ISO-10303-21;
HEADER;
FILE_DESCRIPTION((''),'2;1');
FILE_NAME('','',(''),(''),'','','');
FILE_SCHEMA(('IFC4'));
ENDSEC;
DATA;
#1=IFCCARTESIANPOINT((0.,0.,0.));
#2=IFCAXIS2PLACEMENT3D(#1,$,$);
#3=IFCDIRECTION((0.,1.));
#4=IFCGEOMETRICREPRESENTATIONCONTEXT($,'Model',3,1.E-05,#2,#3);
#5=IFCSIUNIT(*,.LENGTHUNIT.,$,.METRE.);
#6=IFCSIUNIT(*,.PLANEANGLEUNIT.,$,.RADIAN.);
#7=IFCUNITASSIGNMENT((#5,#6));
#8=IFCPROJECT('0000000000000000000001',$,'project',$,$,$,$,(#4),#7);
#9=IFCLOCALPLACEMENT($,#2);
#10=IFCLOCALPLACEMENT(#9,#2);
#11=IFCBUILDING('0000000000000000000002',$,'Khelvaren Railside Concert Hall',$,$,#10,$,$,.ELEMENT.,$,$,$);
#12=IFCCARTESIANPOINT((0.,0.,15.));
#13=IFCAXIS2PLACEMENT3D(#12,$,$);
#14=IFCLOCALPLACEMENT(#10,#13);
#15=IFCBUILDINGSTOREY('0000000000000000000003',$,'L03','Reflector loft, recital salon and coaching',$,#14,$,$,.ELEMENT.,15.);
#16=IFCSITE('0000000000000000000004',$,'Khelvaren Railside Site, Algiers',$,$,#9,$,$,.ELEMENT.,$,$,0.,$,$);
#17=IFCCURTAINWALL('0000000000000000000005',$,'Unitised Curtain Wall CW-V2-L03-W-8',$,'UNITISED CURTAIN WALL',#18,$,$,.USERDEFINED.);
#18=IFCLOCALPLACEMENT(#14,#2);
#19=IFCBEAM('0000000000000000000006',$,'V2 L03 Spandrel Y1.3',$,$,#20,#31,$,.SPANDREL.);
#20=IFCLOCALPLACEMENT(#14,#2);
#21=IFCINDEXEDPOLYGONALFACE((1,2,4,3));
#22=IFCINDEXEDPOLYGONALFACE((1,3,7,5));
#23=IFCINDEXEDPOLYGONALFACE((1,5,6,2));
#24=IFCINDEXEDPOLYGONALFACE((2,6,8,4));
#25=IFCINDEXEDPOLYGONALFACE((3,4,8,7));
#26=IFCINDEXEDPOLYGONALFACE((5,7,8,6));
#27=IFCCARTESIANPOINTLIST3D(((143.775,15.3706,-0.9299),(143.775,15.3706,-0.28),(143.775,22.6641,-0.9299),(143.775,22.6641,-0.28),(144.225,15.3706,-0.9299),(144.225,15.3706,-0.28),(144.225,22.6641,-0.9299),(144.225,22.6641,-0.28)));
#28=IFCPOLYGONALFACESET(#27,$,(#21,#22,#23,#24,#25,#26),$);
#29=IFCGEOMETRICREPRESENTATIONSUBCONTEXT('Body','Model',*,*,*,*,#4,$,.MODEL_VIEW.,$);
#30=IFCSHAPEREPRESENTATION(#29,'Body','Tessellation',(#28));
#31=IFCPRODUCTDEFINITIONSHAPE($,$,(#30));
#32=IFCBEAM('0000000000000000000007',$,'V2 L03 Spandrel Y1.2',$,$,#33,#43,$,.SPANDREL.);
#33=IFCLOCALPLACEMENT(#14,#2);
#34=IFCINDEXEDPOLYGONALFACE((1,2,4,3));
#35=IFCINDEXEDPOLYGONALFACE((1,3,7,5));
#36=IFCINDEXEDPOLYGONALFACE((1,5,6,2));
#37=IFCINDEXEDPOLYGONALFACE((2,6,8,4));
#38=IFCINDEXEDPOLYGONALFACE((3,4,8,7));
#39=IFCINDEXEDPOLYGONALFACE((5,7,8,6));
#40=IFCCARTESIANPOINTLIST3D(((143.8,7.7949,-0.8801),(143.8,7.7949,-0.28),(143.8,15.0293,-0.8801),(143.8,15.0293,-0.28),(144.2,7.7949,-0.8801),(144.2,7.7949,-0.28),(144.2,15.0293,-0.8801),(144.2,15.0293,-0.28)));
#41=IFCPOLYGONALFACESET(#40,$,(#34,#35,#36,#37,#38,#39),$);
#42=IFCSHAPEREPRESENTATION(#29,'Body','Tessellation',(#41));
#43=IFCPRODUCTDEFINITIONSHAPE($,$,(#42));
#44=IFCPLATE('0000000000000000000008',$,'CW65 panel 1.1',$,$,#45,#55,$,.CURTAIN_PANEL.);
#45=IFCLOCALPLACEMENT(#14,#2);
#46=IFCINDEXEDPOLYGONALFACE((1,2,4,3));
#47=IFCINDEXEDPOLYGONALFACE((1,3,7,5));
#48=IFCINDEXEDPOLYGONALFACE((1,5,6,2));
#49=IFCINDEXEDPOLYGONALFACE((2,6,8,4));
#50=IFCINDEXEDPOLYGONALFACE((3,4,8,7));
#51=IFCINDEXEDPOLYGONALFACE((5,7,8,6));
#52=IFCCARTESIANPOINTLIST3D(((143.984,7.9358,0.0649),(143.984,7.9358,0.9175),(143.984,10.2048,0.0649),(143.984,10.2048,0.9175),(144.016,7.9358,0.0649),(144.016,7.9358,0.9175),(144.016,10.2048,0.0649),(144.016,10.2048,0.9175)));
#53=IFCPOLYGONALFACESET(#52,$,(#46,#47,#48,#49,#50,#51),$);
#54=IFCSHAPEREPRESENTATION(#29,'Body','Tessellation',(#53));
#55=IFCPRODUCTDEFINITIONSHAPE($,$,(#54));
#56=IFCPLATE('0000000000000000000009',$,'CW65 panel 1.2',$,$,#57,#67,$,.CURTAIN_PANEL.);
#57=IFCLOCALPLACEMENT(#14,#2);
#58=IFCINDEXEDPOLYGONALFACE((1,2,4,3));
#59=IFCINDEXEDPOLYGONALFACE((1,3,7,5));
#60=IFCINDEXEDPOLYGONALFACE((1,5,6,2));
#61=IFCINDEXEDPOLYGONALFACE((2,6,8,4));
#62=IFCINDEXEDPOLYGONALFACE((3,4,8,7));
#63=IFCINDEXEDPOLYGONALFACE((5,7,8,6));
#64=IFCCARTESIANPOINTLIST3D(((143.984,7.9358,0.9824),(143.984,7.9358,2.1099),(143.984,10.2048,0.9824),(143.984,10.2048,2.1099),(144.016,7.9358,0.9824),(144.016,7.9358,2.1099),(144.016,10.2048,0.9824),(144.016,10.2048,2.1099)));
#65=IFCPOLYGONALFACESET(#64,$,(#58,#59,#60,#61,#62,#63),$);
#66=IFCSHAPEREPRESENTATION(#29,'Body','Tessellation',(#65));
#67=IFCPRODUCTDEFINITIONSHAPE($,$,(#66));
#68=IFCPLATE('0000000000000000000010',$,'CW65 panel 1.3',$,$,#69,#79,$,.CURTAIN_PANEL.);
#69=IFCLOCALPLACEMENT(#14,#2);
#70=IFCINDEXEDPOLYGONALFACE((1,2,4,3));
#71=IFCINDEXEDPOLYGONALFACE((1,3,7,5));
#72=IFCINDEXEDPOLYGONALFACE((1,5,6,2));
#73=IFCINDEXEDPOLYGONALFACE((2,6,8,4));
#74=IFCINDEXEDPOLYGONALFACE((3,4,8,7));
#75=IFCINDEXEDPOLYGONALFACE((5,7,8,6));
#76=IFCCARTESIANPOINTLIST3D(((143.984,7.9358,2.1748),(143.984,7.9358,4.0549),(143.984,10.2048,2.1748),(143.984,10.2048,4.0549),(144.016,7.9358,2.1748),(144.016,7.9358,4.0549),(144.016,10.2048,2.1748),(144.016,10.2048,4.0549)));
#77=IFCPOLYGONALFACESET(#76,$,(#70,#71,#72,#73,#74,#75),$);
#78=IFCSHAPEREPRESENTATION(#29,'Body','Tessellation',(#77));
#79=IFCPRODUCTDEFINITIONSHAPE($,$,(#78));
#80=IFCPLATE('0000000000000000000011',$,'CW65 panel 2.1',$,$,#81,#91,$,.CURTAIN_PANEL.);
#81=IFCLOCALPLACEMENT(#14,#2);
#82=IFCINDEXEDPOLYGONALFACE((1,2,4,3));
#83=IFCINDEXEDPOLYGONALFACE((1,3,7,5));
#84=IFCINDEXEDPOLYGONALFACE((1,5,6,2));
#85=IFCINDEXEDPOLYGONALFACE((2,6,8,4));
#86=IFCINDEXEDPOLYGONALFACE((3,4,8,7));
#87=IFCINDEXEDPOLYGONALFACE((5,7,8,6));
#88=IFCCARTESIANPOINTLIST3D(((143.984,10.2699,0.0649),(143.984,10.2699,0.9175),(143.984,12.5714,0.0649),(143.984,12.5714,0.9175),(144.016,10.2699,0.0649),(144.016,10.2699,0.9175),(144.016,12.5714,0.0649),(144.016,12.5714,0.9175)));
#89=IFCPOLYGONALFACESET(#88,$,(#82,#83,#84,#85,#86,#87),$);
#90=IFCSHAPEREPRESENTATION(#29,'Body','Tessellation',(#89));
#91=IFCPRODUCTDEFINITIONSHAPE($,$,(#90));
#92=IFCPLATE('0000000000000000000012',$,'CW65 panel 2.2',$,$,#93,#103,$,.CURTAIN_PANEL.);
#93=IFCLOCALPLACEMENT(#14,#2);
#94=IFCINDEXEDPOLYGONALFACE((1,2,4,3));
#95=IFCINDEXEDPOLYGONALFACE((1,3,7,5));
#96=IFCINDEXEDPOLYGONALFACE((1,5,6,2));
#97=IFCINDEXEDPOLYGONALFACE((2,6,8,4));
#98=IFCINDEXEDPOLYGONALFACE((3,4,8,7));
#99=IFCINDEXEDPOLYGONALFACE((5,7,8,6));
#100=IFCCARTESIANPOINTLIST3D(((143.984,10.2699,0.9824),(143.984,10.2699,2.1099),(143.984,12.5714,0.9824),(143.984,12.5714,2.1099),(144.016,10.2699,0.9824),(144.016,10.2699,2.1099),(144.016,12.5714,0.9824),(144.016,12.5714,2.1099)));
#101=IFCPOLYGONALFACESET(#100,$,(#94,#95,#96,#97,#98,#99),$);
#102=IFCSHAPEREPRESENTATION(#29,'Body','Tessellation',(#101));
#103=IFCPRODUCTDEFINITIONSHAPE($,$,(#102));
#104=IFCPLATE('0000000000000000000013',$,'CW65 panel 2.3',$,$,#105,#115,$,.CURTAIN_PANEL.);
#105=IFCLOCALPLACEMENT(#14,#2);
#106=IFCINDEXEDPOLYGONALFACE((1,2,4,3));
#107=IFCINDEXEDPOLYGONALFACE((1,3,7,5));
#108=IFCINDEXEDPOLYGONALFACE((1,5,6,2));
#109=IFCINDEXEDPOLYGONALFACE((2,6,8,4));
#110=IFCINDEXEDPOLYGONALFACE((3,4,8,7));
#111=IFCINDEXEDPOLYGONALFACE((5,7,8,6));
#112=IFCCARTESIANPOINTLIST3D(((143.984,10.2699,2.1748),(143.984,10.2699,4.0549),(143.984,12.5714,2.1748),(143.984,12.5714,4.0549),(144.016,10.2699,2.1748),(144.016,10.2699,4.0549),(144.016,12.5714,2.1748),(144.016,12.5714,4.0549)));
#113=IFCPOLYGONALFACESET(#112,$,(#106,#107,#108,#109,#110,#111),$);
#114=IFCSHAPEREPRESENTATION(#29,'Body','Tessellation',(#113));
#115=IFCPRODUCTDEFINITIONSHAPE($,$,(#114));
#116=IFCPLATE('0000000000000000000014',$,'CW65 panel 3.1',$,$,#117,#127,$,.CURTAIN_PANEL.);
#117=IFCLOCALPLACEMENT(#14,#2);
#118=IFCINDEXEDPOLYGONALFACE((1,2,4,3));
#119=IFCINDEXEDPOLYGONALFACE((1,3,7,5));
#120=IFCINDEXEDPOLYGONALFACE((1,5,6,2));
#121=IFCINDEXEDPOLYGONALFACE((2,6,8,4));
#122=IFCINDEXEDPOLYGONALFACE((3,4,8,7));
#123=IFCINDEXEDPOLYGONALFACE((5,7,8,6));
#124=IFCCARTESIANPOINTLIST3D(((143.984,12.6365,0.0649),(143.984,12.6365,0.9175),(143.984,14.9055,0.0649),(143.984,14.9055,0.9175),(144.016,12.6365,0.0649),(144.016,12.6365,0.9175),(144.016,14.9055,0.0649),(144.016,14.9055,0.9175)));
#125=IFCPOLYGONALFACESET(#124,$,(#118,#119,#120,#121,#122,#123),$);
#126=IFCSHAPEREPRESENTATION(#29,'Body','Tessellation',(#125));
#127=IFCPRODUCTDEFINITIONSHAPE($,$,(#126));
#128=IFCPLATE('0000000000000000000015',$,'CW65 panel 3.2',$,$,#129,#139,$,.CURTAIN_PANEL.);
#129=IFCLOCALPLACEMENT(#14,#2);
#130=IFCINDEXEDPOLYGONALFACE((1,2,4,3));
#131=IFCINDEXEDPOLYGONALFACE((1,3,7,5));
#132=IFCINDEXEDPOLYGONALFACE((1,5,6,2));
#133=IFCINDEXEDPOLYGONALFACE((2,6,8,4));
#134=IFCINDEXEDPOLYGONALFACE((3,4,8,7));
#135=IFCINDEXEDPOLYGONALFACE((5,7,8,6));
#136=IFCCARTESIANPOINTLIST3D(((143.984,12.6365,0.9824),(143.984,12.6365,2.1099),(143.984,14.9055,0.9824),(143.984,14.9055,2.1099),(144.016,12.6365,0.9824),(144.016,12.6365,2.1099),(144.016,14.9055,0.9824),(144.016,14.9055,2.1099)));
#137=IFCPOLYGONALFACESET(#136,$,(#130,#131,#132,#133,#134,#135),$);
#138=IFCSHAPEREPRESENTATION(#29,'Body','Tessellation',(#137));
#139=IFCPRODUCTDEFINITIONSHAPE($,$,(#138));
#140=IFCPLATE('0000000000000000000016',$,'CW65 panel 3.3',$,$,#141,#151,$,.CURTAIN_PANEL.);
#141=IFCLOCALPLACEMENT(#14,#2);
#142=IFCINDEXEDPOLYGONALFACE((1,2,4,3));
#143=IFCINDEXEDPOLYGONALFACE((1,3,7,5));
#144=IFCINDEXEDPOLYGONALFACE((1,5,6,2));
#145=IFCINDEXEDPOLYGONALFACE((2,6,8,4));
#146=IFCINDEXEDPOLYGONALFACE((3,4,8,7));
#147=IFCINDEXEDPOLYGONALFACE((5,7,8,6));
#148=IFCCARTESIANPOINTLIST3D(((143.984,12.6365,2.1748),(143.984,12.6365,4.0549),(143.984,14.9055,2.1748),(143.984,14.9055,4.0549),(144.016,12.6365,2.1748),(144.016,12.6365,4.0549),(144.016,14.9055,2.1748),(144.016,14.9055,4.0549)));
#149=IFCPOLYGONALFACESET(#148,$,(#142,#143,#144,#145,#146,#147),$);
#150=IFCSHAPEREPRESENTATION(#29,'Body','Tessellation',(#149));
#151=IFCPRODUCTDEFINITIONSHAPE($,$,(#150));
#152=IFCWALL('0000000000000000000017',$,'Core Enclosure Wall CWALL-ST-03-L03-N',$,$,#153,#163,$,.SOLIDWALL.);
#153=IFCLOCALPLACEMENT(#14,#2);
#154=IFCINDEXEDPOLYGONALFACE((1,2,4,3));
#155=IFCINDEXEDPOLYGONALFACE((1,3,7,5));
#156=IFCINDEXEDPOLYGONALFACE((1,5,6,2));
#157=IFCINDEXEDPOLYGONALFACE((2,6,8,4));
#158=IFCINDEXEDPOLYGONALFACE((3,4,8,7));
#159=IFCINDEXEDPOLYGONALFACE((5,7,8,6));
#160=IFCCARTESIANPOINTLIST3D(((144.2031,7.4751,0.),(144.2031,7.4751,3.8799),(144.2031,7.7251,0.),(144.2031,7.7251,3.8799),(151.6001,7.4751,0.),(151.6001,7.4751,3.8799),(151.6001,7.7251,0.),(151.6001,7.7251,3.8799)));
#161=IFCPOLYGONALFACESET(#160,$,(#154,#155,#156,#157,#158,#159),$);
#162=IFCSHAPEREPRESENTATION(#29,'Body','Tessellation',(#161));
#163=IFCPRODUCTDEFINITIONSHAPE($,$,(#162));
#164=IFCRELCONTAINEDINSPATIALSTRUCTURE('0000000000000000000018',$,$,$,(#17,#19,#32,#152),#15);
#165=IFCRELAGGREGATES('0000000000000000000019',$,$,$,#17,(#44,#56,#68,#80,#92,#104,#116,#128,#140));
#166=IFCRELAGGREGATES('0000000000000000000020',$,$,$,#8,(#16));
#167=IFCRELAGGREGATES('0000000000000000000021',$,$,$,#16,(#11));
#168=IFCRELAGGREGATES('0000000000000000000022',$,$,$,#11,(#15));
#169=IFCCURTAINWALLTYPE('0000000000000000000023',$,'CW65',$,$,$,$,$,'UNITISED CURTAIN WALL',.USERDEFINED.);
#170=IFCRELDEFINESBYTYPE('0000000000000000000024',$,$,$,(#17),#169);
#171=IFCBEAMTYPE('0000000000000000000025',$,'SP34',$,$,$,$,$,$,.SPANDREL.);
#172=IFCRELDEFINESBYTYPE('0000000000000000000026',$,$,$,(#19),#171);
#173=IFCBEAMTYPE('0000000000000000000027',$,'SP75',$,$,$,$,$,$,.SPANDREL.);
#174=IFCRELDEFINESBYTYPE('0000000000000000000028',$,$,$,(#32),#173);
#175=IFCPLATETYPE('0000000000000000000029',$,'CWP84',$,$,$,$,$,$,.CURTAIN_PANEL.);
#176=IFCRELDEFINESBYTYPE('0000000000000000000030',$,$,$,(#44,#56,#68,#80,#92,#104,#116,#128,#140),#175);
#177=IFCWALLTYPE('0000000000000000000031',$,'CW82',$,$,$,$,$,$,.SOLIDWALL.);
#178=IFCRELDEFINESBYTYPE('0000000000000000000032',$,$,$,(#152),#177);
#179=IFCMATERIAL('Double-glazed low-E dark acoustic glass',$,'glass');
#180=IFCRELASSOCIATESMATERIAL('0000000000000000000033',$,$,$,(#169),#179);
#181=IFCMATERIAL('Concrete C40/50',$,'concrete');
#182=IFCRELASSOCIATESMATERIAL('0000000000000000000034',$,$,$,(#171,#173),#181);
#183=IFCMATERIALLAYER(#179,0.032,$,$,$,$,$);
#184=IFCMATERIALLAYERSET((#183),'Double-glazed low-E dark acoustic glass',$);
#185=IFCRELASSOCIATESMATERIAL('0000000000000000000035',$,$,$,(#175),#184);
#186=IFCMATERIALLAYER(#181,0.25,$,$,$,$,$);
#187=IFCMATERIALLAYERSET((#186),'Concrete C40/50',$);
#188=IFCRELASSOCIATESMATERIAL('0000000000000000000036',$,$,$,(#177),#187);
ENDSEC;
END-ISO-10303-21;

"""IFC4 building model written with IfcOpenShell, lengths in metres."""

from ifc_helpers import new_model, si_unit, direction, frame, frame_2d, origin, origin_2d, place, context, subcontext, project, spatial, rectangle, extrude, material, layer, layer_set, material_profile, profile_set, type_object, element, aggregate, save


model = new_model("IFC4")

# Units and contexts
model_context = context("Model", 3, precision=1e-05, world=origin(), true_north=direction((0.0, 1.0)))
body_context = subcontext(model_context, "Body", "Model", "MODEL_VIEW")
ifc_project = project(units=[si_unit("LENGTHUNIT", "METRE"), si_unit("PLANEANGLEUNIT", "RADIAN")], contexts=[model_context])

# Site, building, storey
site_placement = place(None, origin())
site = spatial("IfcSite", under=ifc_project, at=site_placement, Name="Khelvaren Railside Site, Algiers", CompositionType="ELEMENT", RefElevation=0.0)
building_placement = place(site_placement, origin())
building = spatial("IfcBuilding", under=site, at=building_placement, Name="Khelvaren Railside Concert Hall", CompositionType="ELEMENT")
storey_placement = place(building_placement, frame((0.0, 0.0, 15.0)))
storey = spatial("IfcBuildingStorey", under=building, at=storey_placement, Name="L03", Description="Reflector loft, recital salon and coaching", CompositionType="ELEMENT", Elevation=15.0)

# Shared definitions
ifc_material_1 = material(Name="Concrete C40/50", Category="concrete")

# Curtain wall
ifc_material_2 = material(Name="Double-glazed low-E dark acoustic glass", Category="glass")
curtain_wall_type_1 = type_object("IfcCurtainWallType", Name="CW65", ElementType="UNITISED CURTAIN WALL", PredefinedType="USERDEFINED", material=ifc_material_2)
curtain_wall_1_placement = place(storey_placement, origin())
curtain_wall_1 = element("IfcCurtainWall", 1, at=curtain_wall_1_placement, inside=storey, type_object=curtain_wall_type_1, Name="Unitised Curtain Wall CW-V2-L03-W-8", ObjectType="UNITISED CURTAIN WALL", PredefinedType="USERDEFINED")

# Beams
ifc_material_profile_1 = material_profile(ifc_material_1, rectangle(XDim=0.45, YDim=0.6499, at=origin_2d()), Name="RCB 450x650")
ifc_profile_set_1 = profile_set([ifc_material_profile_1], Name="Concrete C40/50")
beam_type_1 = type_object("IfcBeamType", Name="SP34", PredefinedType="SPANDREL", material=ifc_profile_set_1)
beam_1_placement = place(storey_placement, frame((144.0, 15.3706, -0.605), z_axis=(0.0, 1.0, 0.0), x_axis=(-1.0, 0.0, 0.0)))
element("IfcBeam", 2, at=beam_1_placement, inside=storey, type_object=beam_type_1, Name="V2 L03 Spandrel Y1.3", PredefinedType="SPANDREL", context=body_context, shape_type="SweptSolid", body=[
    extrude(rectangle(XDim=0.45, YDim=0.6499, at=origin_2d()), origin(), (0.0, 0.0, 1.0), 7.2935),
])
ifc_material_profile_2 = material_profile(ifc_material_1, rectangle(XDim=0.3999, YDim=0.6001, at=origin_2d()), Name="RCB 400x600")
ifc_profile_set_2 = profile_set([ifc_material_profile_2], Name="Concrete C40/50")
beam_type_2 = type_object("IfcBeamType", Name="SP75", PredefinedType="SPANDREL", material=ifc_profile_set_2)
beam_2_placement = place(storey_placement, frame((144.0, 7.7949, -0.5801), z_axis=(0.0, 1.0, 0.0), x_axis=(-1.0, 0.0, 0.0)))
element("IfcBeam", 3, at=beam_2_placement, inside=storey, type_object=beam_type_2, Name="V2 L03 Spandrel Y1.2", PredefinedType="SPANDREL", context=body_context, shape_type="SweptSolid", body=[
    extrude(rectangle(XDim=0.3999, YDim=0.6001, at=origin_2d()), origin(), (0.0, 0.0, 1.0), 7.2344),
])

# Plates
ifc_layer_1 = layer(ifc_material_2, 0.032)
ifc_layer_set_1 = layer_set([ifc_layer_1], Name="Double-glazed low-E dark acoustic glass")
plate_type = type_object("IfcPlateType", Name="CWP84", PredefinedType="CURTAIN_PANEL", material=ifc_layer_set_1)
plate_1_placement = place(storey_placement, frame((144.0, 9.0703, 0.0649), z_axis=(0.0, 0.0, 1.0), x_axis=(0.0, 1.0, 0.0)))
plate_1 = element("IfcPlate", 4, at=plate_1_placement, type_object=plate_type, Name="CW65 panel 1.1", PredefinedType="CURTAIN_PANEL", context=body_context, shape_type="SweptSolid", body=[
    extrude(rectangle(XDim=2.269, YDim=0.032, at=origin_2d()), origin(), (0.0, 0.0, 1.0), 0.8525),
])
plate_2_placement = place(storey_placement, frame((144.0, 9.0703, 0.9824), z_axis=(0.0, 0.0, 1.0), x_axis=(0.0, 1.0, 0.0)))
plate_2 = element("IfcPlate", 5, at=plate_2_placement, type_object=plate_type, Name="CW65 panel 1.2", PredefinedType="CURTAIN_PANEL", context=body_context, shape_type="SweptSolid", body=[
    extrude(rectangle(XDim=2.269, YDim=0.032, at=origin_2d()), origin(), (0.0, 0.0, 1.0), 1.1274),
])
plate_3_placement = place(storey_placement, frame((144.0, 9.0703, 2.1748), z_axis=(0.0, 0.0, 1.0), x_axis=(0.0, 1.0, 0.0)))
plate_3 = element("IfcPlate", 6, at=plate_3_placement, type_object=plate_type, Name="CW65 panel 1.3", PredefinedType="CURTAIN_PANEL", context=body_context, shape_type="SweptSolid", body=[
    extrude(rectangle(XDim=2.269, YDim=0.032, at=origin_2d()), origin(), (0.0, 0.0, 1.0), 1.8801),
])
plate_4_placement = place(storey_placement, frame((144.0, 11.4207, 0.0649), z_axis=(0.0, 0.0, 1.0), x_axis=(0.0, 1.0, 0.0)))
plate_4 = element("IfcPlate", 7, at=plate_4_placement, type_object=plate_type, Name="CW65 panel 2.1", PredefinedType="CURTAIN_PANEL", context=body_context, shape_type="SweptSolid", body=[
    extrude(rectangle(XDim=2.3015, YDim=0.032, at=origin_2d()), origin(), (0.0, 0.0, 1.0), 0.8525),
])
plate_5_placement = place(storey_placement, frame((144.0, 11.4207, 0.9824), z_axis=(0.0, 0.0, 1.0), x_axis=(0.0, 1.0, 0.0)))
plate_5 = element("IfcPlate", 8, at=plate_5_placement, type_object=plate_type, Name="CW65 panel 2.2", PredefinedType="CURTAIN_PANEL", context=body_context, shape_type="SweptSolid", body=[
    extrude(rectangle(XDim=2.3015, YDim=0.032, at=origin_2d()), origin(), (0.0, 0.0, 1.0), 1.1274),
])
plate_6_placement = place(storey_placement, frame((144.0, 11.4207, 2.1748), z_axis=(0.0, 0.0, 1.0), x_axis=(0.0, 1.0, 0.0)))
plate_6 = element("IfcPlate", 9, at=plate_6_placement, type_object=plate_type, Name="CW65 panel 2.3", PredefinedType="CURTAIN_PANEL", context=body_context, shape_type="SweptSolid", body=[
    extrude(rectangle(XDim=2.3015, YDim=0.032, at=origin_2d()), origin(), (0.0, 0.0, 1.0), 1.8801),
])
plate_7_placement = place(storey_placement, frame((144.0, 13.771, 0.0649), z_axis=(0.0, 0.0, 1.0), x_axis=(0.0, 1.0, 0.0)))
plate_7 = element("IfcPlate", 10, at=plate_7_placement, type_object=plate_type, Name="CW65 panel 3.1", PredefinedType="CURTAIN_PANEL", context=body_context, shape_type="SweptSolid", body=[
    extrude(rectangle(XDim=2.269, YDim=0.032, at=origin_2d()), origin(), (0.0, 0.0, 1.0), 0.8525),
])
plate_8_placement = place(storey_placement, frame((144.0, 13.771, 0.9824), z_axis=(0.0, 0.0, 1.0), x_axis=(0.0, 1.0, 0.0)))
plate_8 = element("IfcPlate", 11, at=plate_8_placement, type_object=plate_type, Name="CW65 panel 3.2", PredefinedType="CURTAIN_PANEL", context=body_context, shape_type="SweptSolid", body=[
    extrude(rectangle(XDim=2.269, YDim=0.032, at=origin_2d()), origin(), (0.0, 0.0, 1.0), 1.1274),
])
plate_9_placement = place(storey_placement, frame((144.0, 13.771, 2.1748), z_axis=(0.0, 0.0, 1.0), x_axis=(0.0, 1.0, 0.0)))
plate_9 = element("IfcPlate", 12, at=plate_9_placement, type_object=plate_type, Name="CW65 panel 3.3", PredefinedType="CURTAIN_PANEL", context=body_context, shape_type="SweptSolid", body=[
    extrude(rectangle(XDim=2.269, YDim=0.032, at=origin_2d()), origin(), (0.0, 0.0, 1.0), 1.8801),
])
aggregate(curtain_wall_1, [plate_1, plate_2, plate_3, plate_4, plate_5, plate_6, plate_7, plate_8, plate_9])

# Wall
ifc_layer_2 = layer(ifc_material_1, 0.25)
ifc_layer_set_2 = layer_set([ifc_layer_2], Name="Concrete C40/50")
wall_type = type_object("IfcWallType", Name="CW82", PredefinedType="SOLIDWALL", material=ifc_layer_set_2)
wall_placement = place(storey_placement, frame((144.2031, 7.6001, 0.0), z_axis=(0.0, 0.0, 1.0), x_axis=(1.0, 0.0, 0.0)))
element("IfcWall", 13, at=wall_placement, inside=storey, type_object=wall_type, Name="Core Enclosure Wall CWALL-ST-03-L03-N", PredefinedType="SOLIDWALL", context=body_context, shape_type="SweptSolid", body=[
    extrude(rectangle(XDim=7.397, YDim=0.25, at=frame_2d((3.6985, 0.0))), origin(), (0.0, 0.0, 1.0), 3.8799),
])

save(model, "model.ifc")
